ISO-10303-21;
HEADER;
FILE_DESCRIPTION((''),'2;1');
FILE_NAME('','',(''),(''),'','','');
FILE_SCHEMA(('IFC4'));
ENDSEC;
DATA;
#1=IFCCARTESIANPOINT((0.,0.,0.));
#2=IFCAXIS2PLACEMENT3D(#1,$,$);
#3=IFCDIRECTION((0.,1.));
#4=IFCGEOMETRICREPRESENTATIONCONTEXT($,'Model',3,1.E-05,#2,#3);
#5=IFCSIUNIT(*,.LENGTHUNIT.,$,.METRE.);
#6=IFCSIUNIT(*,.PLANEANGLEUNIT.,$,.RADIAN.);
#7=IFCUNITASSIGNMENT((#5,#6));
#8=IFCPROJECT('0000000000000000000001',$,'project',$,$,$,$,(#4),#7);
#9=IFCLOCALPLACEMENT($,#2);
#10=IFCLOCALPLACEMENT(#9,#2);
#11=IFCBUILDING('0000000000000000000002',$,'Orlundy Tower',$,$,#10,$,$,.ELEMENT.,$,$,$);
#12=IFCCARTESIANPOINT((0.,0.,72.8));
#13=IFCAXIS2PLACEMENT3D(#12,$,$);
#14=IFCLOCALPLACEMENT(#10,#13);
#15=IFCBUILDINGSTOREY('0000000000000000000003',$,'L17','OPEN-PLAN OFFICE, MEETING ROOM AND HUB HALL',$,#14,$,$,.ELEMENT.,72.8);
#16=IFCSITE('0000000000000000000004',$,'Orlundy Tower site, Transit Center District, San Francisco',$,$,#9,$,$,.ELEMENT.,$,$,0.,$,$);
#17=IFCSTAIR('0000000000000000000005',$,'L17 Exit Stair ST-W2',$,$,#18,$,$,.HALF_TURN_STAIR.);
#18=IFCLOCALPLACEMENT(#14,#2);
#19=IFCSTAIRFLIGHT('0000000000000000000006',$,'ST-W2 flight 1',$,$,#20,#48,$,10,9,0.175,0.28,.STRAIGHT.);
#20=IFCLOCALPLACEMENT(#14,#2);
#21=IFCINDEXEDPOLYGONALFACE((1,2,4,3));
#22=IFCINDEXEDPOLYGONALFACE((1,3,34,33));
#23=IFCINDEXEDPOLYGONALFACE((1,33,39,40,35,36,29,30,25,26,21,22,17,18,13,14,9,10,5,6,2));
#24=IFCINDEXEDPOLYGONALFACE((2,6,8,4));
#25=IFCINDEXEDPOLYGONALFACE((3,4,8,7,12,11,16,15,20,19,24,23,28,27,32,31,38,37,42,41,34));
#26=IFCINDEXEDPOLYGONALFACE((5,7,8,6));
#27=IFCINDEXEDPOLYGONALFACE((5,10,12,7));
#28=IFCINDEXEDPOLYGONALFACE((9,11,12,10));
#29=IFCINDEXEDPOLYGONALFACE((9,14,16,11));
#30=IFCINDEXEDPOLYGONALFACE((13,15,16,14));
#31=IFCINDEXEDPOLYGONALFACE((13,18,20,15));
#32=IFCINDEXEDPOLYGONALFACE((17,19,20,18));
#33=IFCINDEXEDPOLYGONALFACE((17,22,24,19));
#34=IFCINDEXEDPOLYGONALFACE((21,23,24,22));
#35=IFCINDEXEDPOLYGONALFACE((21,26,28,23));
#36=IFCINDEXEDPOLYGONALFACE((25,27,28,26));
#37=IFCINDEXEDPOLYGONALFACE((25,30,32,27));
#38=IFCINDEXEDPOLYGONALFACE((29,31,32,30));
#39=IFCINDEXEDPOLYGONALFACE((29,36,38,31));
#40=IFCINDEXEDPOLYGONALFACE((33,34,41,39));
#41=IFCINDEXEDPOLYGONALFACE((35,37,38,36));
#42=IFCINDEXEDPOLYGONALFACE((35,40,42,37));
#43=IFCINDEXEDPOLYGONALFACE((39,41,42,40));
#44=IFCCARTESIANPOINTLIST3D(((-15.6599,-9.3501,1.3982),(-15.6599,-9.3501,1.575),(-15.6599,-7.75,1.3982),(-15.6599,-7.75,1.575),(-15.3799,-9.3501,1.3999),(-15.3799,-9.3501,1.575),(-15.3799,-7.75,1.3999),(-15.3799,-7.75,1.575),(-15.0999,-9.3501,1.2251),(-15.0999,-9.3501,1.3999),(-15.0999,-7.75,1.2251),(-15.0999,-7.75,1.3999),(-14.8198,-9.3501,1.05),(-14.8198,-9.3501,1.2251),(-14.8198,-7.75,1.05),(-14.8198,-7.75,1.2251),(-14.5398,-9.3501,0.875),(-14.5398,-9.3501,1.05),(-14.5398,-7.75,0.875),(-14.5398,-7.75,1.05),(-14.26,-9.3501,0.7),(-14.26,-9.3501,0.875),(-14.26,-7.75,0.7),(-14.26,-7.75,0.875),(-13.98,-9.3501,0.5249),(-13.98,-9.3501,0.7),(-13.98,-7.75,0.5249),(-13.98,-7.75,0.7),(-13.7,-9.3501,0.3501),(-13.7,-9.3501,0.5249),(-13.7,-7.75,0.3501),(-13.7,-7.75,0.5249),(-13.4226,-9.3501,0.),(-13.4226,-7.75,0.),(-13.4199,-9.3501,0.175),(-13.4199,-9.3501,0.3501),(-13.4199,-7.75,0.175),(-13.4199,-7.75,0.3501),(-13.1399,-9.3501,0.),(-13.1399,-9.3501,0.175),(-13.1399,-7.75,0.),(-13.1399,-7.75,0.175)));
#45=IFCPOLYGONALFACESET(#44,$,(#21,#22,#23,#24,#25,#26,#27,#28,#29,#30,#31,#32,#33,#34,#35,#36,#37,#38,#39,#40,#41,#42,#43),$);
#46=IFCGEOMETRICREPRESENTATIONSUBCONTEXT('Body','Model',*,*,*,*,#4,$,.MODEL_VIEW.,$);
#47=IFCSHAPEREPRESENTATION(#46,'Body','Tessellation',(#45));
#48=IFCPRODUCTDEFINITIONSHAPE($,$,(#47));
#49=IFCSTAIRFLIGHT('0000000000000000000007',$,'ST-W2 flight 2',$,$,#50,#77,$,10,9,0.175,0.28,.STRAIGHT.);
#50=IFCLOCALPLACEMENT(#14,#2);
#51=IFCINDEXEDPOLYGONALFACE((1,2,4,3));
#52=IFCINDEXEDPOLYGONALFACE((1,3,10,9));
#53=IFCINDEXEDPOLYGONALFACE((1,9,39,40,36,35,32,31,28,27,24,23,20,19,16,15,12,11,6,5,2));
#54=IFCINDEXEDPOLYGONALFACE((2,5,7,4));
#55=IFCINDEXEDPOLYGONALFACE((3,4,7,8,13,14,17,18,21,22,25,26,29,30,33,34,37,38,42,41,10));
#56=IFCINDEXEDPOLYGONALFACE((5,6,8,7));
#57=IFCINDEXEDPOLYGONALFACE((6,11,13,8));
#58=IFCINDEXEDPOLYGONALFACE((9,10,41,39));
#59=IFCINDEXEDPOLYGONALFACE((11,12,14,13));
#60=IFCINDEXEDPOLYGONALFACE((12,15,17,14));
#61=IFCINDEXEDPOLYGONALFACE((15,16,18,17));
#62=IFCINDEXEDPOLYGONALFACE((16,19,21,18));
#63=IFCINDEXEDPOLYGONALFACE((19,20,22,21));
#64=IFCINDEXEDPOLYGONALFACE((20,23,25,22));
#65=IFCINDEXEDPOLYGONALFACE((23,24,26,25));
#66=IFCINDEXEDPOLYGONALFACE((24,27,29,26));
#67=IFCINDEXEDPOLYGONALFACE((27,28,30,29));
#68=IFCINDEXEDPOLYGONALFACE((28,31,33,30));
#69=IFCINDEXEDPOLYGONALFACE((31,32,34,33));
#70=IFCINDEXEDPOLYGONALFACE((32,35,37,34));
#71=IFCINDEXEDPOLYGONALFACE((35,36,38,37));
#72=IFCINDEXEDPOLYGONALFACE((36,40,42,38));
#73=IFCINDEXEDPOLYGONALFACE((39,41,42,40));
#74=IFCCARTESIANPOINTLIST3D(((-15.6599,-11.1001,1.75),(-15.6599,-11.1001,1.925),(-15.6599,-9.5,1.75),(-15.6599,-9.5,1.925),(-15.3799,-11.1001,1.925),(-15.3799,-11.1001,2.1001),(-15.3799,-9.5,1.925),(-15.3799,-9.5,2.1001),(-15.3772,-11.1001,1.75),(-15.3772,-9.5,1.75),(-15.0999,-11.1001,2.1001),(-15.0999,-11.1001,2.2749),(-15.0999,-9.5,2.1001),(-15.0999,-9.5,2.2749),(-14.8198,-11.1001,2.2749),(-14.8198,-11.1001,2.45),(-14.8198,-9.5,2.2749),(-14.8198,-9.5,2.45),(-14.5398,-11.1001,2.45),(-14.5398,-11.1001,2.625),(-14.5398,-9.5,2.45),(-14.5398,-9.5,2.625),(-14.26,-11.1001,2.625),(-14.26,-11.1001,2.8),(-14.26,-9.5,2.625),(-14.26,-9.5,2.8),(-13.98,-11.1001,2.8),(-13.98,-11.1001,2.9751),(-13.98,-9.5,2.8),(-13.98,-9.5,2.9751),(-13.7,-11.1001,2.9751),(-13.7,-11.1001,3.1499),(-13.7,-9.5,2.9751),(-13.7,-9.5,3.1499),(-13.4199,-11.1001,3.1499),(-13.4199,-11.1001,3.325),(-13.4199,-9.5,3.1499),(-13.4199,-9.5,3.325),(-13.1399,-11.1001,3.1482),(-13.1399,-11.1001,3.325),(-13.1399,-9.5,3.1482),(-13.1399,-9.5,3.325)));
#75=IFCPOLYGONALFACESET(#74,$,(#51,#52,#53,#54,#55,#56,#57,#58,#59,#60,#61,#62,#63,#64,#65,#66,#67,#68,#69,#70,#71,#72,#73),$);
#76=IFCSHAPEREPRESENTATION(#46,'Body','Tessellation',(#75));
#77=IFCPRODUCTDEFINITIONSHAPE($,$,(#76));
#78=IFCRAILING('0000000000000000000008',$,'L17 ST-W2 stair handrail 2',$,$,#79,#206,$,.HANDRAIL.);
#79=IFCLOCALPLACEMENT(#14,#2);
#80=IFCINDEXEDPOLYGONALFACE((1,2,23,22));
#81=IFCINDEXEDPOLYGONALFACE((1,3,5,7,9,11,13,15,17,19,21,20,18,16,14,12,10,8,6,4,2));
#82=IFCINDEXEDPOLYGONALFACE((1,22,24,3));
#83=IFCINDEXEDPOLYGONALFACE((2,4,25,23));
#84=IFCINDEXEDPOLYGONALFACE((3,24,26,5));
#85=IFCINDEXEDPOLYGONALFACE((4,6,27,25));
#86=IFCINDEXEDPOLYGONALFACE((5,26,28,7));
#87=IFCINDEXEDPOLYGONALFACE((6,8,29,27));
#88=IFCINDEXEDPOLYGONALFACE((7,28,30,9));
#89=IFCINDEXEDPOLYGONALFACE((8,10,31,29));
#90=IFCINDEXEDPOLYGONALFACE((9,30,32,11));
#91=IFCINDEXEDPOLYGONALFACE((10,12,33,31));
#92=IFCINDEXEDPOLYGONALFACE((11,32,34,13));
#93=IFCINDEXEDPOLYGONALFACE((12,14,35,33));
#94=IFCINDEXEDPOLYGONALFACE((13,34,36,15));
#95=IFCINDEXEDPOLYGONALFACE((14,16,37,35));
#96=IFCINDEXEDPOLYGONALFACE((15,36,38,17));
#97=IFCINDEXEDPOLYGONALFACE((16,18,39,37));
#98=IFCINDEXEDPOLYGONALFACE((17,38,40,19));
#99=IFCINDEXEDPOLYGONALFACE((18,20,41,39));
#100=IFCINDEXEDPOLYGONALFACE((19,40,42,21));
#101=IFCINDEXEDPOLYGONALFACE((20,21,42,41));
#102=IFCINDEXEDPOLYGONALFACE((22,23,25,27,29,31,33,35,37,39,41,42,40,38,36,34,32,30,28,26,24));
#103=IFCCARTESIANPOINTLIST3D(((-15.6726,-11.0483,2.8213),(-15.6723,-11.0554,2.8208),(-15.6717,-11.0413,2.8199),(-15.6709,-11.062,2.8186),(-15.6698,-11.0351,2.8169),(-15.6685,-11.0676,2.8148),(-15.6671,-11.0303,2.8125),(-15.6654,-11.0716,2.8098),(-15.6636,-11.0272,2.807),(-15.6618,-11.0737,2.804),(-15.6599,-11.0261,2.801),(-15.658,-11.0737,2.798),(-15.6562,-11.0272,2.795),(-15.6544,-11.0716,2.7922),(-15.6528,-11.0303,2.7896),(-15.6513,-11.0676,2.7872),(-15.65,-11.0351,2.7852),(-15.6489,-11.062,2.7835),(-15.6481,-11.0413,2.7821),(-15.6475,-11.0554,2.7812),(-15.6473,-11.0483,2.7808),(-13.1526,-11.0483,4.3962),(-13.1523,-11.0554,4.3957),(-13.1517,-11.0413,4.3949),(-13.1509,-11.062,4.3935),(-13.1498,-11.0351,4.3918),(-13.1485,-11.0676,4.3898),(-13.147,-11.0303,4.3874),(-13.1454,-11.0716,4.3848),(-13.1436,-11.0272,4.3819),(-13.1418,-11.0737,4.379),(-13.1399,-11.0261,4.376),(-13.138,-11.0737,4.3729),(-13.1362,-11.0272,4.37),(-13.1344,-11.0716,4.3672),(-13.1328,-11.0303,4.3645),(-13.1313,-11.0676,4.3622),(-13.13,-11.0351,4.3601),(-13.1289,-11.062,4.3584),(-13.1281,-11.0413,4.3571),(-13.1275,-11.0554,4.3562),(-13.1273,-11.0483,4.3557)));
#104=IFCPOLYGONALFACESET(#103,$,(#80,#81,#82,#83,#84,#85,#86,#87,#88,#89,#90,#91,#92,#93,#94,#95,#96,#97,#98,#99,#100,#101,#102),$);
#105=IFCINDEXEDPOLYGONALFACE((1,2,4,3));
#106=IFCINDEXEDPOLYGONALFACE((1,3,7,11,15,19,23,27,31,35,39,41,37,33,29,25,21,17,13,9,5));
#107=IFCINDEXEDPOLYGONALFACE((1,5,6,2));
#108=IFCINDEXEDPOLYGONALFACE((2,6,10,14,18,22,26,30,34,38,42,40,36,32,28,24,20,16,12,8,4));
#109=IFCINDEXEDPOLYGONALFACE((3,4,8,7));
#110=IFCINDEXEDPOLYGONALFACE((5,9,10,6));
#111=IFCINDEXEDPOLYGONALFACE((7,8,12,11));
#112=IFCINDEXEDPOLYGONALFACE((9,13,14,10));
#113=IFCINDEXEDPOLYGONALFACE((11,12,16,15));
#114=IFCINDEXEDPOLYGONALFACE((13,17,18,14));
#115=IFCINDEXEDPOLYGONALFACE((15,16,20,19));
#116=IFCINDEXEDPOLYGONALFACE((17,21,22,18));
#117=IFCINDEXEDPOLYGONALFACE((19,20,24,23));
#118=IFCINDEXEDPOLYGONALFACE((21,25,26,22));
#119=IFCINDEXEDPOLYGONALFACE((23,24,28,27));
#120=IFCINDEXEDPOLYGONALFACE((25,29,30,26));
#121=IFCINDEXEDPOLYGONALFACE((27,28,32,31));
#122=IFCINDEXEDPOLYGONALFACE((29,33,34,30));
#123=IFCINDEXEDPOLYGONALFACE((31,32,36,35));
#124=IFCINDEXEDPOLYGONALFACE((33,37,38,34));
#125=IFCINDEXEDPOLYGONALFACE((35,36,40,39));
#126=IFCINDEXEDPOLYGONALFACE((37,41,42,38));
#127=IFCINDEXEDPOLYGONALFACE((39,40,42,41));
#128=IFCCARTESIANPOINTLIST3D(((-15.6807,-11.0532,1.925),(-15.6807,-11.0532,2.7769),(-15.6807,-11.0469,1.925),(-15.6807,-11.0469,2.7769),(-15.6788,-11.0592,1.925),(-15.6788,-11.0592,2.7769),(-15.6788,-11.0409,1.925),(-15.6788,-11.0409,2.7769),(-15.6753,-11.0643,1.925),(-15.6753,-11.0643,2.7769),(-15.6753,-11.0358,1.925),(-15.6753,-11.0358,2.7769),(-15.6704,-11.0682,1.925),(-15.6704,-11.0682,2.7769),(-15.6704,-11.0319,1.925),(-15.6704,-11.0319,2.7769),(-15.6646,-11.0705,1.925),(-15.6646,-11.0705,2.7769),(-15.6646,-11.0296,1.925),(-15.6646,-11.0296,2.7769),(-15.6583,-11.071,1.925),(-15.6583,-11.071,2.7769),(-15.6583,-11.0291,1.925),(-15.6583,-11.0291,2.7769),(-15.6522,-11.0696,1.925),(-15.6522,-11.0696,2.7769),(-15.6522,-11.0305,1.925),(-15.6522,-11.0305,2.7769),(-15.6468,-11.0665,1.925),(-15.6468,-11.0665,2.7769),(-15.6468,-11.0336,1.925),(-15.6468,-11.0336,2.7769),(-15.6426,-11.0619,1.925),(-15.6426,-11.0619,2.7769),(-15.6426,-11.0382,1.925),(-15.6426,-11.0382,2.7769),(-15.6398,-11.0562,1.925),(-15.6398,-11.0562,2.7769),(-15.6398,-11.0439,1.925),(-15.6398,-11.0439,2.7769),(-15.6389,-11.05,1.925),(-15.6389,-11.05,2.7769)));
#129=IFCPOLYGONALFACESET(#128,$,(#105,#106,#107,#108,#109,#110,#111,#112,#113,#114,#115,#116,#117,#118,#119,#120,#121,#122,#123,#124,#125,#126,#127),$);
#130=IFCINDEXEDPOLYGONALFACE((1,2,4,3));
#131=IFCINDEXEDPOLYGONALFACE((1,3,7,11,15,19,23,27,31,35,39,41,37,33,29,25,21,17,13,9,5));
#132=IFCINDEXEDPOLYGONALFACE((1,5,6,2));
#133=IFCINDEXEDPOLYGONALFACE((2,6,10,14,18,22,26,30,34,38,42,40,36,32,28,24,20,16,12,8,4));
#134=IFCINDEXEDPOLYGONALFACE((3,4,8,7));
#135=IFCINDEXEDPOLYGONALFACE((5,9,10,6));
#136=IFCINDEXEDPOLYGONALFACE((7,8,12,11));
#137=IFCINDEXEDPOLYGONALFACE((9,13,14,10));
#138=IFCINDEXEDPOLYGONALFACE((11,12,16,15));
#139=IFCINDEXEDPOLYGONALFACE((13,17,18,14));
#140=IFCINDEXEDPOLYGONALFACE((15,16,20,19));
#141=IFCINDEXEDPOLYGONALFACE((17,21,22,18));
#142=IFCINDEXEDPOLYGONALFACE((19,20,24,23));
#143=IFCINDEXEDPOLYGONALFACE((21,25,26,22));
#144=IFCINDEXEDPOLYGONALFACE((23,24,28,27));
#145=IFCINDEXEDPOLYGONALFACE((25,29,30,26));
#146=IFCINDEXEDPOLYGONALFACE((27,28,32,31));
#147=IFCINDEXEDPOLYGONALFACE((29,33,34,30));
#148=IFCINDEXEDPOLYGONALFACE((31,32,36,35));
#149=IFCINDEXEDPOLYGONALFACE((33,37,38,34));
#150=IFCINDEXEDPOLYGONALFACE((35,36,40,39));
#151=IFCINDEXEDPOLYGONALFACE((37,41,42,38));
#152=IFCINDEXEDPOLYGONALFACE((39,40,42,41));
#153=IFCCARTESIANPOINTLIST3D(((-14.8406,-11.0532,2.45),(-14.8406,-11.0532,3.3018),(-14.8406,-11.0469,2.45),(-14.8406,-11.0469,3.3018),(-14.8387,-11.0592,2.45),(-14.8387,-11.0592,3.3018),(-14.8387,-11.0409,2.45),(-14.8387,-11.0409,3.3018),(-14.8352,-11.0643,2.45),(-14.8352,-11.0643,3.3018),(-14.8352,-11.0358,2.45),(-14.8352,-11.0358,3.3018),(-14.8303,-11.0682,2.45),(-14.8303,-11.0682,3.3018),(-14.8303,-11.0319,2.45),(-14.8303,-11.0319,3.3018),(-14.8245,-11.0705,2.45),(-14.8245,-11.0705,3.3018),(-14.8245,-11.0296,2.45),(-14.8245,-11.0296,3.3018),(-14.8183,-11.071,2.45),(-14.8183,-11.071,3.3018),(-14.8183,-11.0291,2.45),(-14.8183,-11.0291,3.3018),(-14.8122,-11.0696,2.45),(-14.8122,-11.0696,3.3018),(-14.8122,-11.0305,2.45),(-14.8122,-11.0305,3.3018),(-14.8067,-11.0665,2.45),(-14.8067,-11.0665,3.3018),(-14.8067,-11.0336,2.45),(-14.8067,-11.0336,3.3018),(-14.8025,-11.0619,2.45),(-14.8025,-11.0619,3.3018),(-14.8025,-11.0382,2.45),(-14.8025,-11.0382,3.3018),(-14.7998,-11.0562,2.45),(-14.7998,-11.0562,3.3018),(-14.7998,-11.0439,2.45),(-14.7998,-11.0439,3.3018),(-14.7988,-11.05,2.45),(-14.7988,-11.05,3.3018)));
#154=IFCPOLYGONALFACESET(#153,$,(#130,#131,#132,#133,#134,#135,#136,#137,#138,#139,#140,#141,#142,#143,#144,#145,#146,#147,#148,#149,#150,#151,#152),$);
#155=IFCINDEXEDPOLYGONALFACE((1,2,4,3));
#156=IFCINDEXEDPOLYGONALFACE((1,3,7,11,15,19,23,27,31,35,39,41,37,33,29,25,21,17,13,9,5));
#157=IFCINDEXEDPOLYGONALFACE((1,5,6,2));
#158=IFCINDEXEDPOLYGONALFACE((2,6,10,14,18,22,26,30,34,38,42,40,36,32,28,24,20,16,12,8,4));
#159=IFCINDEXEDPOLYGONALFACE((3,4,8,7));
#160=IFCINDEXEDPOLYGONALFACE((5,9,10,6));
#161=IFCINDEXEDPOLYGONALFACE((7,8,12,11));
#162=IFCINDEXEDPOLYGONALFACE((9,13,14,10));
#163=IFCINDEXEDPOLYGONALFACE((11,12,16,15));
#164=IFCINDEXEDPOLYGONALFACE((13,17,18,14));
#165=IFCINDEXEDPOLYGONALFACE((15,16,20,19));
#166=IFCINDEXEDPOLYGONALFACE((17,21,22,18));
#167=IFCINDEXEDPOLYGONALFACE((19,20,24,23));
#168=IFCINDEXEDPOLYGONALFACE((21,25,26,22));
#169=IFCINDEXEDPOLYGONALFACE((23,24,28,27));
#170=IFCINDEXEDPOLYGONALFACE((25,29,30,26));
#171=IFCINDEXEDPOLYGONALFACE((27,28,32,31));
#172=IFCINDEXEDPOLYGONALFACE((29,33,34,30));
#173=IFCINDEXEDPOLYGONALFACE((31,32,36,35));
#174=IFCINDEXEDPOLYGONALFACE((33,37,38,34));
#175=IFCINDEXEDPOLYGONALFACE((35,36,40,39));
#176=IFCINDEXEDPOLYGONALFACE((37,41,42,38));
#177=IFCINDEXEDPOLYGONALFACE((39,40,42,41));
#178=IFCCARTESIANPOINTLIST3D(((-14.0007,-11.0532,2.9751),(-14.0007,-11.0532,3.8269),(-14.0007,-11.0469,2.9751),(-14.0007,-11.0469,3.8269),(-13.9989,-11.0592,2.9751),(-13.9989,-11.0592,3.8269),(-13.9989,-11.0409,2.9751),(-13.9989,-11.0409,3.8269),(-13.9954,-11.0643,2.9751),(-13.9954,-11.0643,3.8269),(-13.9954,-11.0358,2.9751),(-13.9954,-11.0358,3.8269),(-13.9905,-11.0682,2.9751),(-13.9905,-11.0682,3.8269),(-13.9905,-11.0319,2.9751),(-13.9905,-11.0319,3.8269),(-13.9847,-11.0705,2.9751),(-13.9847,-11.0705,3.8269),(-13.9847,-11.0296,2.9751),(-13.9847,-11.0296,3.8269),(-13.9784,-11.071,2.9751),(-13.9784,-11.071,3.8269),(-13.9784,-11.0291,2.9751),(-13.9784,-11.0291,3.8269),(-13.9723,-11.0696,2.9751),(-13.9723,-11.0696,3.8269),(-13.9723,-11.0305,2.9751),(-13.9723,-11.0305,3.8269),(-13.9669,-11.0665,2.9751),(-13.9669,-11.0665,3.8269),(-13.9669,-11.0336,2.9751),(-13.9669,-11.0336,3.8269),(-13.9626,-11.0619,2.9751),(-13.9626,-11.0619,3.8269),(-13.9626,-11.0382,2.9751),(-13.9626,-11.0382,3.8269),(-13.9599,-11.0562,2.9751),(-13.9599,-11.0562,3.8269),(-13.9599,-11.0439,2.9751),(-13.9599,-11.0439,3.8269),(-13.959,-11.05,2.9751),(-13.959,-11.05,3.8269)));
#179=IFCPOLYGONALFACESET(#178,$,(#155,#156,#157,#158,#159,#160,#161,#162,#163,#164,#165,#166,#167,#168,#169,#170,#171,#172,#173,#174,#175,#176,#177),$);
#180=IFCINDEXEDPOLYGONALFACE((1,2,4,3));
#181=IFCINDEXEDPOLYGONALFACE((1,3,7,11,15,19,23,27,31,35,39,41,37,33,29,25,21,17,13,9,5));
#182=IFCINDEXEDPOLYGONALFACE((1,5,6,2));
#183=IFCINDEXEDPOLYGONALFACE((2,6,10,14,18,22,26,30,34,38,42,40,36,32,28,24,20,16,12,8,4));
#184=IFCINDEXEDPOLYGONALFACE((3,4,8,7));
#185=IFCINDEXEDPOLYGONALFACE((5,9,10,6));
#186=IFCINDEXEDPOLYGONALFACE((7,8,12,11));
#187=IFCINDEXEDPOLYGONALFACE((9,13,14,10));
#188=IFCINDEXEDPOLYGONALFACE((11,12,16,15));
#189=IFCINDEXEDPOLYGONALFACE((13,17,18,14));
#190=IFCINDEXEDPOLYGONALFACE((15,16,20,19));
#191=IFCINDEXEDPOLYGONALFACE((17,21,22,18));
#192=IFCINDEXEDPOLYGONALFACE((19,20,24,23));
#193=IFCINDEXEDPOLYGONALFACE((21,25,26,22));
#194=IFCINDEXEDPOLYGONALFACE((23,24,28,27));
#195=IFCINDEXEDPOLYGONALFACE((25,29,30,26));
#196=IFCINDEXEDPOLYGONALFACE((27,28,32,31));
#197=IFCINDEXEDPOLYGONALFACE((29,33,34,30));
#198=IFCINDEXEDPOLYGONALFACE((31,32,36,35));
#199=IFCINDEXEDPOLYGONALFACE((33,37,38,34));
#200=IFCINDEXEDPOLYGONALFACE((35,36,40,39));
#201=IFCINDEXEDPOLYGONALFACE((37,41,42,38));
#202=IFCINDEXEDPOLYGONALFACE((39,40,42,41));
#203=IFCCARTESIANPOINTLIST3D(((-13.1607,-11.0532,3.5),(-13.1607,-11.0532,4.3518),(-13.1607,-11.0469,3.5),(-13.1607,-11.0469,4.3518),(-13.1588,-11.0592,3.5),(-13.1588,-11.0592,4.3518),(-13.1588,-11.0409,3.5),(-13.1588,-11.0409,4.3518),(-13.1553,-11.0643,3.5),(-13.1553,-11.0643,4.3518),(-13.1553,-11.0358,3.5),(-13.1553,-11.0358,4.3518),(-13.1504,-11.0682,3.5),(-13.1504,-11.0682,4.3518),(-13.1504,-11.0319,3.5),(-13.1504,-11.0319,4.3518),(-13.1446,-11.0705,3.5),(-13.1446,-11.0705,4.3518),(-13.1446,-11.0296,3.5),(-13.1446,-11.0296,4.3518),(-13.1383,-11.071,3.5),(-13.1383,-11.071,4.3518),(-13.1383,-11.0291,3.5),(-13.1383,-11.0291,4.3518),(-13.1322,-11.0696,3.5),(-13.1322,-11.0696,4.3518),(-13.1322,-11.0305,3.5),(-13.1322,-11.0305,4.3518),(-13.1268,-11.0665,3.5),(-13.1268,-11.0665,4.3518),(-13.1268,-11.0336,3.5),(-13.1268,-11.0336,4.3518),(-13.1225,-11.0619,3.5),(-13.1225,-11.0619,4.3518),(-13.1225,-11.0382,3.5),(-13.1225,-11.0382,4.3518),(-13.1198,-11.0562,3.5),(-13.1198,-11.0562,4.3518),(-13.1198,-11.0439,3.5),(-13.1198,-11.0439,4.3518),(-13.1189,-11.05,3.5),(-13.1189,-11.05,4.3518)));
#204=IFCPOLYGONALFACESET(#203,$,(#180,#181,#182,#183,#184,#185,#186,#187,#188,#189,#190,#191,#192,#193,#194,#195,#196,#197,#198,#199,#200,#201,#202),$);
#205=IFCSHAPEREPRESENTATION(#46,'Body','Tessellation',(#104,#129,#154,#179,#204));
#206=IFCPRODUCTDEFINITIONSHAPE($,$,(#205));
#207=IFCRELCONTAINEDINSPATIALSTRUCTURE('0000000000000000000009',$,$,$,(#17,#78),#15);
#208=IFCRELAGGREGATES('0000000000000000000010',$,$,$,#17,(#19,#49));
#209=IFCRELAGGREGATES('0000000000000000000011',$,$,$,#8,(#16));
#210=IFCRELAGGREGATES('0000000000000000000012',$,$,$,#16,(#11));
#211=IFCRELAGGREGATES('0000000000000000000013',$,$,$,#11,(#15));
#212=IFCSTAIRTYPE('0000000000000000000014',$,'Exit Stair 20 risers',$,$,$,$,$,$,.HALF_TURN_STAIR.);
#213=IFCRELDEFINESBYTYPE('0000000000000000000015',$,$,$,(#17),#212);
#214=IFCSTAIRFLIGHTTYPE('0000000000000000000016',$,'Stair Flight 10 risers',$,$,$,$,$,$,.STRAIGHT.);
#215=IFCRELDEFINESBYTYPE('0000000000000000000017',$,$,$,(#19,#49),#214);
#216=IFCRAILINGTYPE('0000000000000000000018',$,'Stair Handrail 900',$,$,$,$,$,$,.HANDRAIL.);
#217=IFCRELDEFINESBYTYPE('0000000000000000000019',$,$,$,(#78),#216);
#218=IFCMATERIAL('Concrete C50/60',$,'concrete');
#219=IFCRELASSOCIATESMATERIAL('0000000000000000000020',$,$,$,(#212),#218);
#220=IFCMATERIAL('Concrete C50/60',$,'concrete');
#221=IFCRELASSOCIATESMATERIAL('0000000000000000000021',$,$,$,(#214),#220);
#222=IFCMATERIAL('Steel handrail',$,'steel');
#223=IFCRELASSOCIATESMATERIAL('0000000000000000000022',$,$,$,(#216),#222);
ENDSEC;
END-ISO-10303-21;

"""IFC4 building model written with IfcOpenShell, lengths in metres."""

from ifc_helpers import new_model, si_unit, direction, frame, origin, origin_2d, place, context, subcontext, project, spatial, polyline, circle, outline, extrude, material, type_object, element, aggregate, save


model = new_model("IFC4")

# Units and contexts
model_context = context("Model", 3, precision=1e-05, world=origin(), true_north=direction((0.0, 1.0)))
body_context = subcontext(model_context, "Body", "Model", "MODEL_VIEW")
ifc_project = project(units=[si_unit("LENGTHUNIT", "METRE"), si_unit("PLANEANGLEUNIT", "RADIAN")], contexts=[model_context])

# Site, building, storey
site_placement = place(None, origin())
site = spatial("IfcSite", under=ifc_project, at=site_placement, Name="Orlundy Tower site, Transit Center District, San Francisco", CompositionType="ELEMENT", RefElevation=0.0)
building_placement = place(site_placement, origin())
building = spatial("IfcBuilding", under=site, at=building_placement, Name="Orlundy Tower", CompositionType="ELEMENT")
storey_placement = place(building_placement, frame((0.0, 0.0, 72.8)))
storey = spatial("IfcBuildingStorey", under=building, at=storey_placement, Name="L17", Description="OPEN-PLAN OFFICE, MEETING ROOM AND HUB HALL", CompositionType="ELEMENT", Elevation=72.8)

# Stair, stair flights
ifc_material_1 = material(Name="Concrete C50/60", Category="concrete")
stair_type = type_object("IfcStairType", Name="Exit Stair 20 risers", PredefinedType="HALF_TURN_STAIR", material=ifc_material_1)
stair_placement = place(storey_placement, origin())
stair = element("IfcStair", 1, at=stair_placement, inside=storey, type_object=stair_type, Name="L17 Exit Stair ST-W2", PredefinedType="HALF_TURN_STAIR")
ifc_material_2 = material(Name="Concrete C50/60", Category="concrete")
stair_flight_type = type_object("IfcStairFlightType", Name="Stair Flight 10 risers", PredefinedType="STRAIGHT", material=ifc_material_2)
stair_flight_1_placement = place(storey_placement, frame((-13.1399, -8.55, 0.0), z_axis=(0.0, 0.0, 1.0), x_axis=(-1.0, 0.0, 0.0)))
stair_flight_1 = element("IfcStairFlight", 2, at=stair_flight_1_placement, type_object=stair_flight_type, Name="ST-W2 flight 1", NumberOfRisers=10, NumberOfTreads=9, PredefinedType="STRAIGHT", RiserHeight=0.175, TreadLength=0.28, context=body_context, shape_type="SweptSolid", body=[
    extrude(outline(polyline([(0.0, 0.0), (0.0, 0.175), (0.28, 0.175), (0.28, 0.3501), (0.5601, 0.3501), (0.5601, 0.5249), (0.8401, 0.5249), (0.8401, 0.7), (1.1201, 0.7), (1.1201, 0.875), (1.3999, 0.875), (1.3999, 1.05), (1.6799, 1.05), (1.6799, 1.2251), (1.96, 1.2251), (1.96, 1.3999), (2.24, 1.3999), (2.24, 1.575), (2.52, 1.575), (2.52, 1.75), (2.52, 1.3982), (0.2827, 0.0), (0.0, 0.0)])), frame((0.0, 0.8, 0.0), z_axis=(0.0, -1.0, 0.0), x_axis=(1.0, 0.0, 0.0)), (0.0, 0.0, 1.0), 1.6001),
])
stair_flight_2_placement = place(storey_placement, frame((-15.6599, -10.3, 1.75), z_axis=(0.0, 0.0, 1.0), x_axis=(1.0, 0.0, 0.0)))
stair_flight_2 = element("IfcStairFlight", 3, at=stair_flight_2_placement, type_object=stair_flight_type, Name="ST-W2 flight 2", NumberOfRisers=10, NumberOfTreads=9, PredefinedType="STRAIGHT", RiserHeight=0.175, TreadLength=0.28, context=body_context, shape_type="SweptSolid", body=[
    extrude(outline(polyline([(0.0, 0.0), (0.0, 0.175), (0.28, 0.175), (0.28, 0.3501), (0.5601, 0.3501), (0.5601, 0.5249), (0.8401, 0.5249), (0.8401, 0.7), (1.1201, 0.7), (1.1201, 0.875), (1.3999, 0.875), (1.3999, 1.05), (1.6799, 1.05), (1.6799, 1.2251), (1.96, 1.2251), (1.96, 1.3999), (2.24, 1.3999), (2.24, 1.575), (2.52, 1.575), (2.52, 1.75), (2.52, 1.3982), (0.2827, 0.0), (0.0, 0.0)])), frame((0.0, 0.8, 0.0), z_axis=(0.0, -1.0, 0.0), x_axis=(1.0, 0.0, 0.0)), (0.0, 0.0, 1.0), 1.6001),
])
aggregate(stair, [stair_flight_1, stair_flight_2])

# Railing
ifc_material_3 = material(Name="Steel handrail", Category="steel")
railing_type = type_object("IfcRailingType", Name="Stair Handrail 900", PredefinedType="HANDRAIL", material=ifc_material_3)
railing_placement = place(storey_placement, frame((-15.6599, -11.05, 1.925)))
element("IfcRailing", 4, at=railing_placement, inside=storey, type_object=railing_type, Name="L17 ST-W2 stair handrail 2", PredefinedType="HANDRAIL", context=body_context, shape_type="SweptSolid", body=[
    extrude(circle(Radius=0.0239, at=origin_2d()), frame((0.0, 0.0, 0.876), z_axis=(0.848008, 0.0, 0.529984), x_axis=(0.0, 1.0, 0.0)), (0.0, 0.0, 1.0), 2.9717),
    extrude(circle(Radius=0.021, at=origin_2d()), origin(), (0.0, 0.0, 1.0), 0.8518),
    extrude(circle(Radius=0.021, at=origin_2d()), frame((0.8401, 0.0, 0.5249)), (0.0, 0.0, 1.0), 0.8518),
    extrude(circle(Radius=0.021, at=origin_2d()), frame((1.6799, 0.0, 1.05)), (0.0, 0.0, 1.0), 0.8518),
    extrude(circle(Radius=0.021, at=origin_2d()), frame((2.52, 0.0, 1.575)), (0.0, 0.0, 1.0), 0.8518),
])

save(model, "model.ifc")
